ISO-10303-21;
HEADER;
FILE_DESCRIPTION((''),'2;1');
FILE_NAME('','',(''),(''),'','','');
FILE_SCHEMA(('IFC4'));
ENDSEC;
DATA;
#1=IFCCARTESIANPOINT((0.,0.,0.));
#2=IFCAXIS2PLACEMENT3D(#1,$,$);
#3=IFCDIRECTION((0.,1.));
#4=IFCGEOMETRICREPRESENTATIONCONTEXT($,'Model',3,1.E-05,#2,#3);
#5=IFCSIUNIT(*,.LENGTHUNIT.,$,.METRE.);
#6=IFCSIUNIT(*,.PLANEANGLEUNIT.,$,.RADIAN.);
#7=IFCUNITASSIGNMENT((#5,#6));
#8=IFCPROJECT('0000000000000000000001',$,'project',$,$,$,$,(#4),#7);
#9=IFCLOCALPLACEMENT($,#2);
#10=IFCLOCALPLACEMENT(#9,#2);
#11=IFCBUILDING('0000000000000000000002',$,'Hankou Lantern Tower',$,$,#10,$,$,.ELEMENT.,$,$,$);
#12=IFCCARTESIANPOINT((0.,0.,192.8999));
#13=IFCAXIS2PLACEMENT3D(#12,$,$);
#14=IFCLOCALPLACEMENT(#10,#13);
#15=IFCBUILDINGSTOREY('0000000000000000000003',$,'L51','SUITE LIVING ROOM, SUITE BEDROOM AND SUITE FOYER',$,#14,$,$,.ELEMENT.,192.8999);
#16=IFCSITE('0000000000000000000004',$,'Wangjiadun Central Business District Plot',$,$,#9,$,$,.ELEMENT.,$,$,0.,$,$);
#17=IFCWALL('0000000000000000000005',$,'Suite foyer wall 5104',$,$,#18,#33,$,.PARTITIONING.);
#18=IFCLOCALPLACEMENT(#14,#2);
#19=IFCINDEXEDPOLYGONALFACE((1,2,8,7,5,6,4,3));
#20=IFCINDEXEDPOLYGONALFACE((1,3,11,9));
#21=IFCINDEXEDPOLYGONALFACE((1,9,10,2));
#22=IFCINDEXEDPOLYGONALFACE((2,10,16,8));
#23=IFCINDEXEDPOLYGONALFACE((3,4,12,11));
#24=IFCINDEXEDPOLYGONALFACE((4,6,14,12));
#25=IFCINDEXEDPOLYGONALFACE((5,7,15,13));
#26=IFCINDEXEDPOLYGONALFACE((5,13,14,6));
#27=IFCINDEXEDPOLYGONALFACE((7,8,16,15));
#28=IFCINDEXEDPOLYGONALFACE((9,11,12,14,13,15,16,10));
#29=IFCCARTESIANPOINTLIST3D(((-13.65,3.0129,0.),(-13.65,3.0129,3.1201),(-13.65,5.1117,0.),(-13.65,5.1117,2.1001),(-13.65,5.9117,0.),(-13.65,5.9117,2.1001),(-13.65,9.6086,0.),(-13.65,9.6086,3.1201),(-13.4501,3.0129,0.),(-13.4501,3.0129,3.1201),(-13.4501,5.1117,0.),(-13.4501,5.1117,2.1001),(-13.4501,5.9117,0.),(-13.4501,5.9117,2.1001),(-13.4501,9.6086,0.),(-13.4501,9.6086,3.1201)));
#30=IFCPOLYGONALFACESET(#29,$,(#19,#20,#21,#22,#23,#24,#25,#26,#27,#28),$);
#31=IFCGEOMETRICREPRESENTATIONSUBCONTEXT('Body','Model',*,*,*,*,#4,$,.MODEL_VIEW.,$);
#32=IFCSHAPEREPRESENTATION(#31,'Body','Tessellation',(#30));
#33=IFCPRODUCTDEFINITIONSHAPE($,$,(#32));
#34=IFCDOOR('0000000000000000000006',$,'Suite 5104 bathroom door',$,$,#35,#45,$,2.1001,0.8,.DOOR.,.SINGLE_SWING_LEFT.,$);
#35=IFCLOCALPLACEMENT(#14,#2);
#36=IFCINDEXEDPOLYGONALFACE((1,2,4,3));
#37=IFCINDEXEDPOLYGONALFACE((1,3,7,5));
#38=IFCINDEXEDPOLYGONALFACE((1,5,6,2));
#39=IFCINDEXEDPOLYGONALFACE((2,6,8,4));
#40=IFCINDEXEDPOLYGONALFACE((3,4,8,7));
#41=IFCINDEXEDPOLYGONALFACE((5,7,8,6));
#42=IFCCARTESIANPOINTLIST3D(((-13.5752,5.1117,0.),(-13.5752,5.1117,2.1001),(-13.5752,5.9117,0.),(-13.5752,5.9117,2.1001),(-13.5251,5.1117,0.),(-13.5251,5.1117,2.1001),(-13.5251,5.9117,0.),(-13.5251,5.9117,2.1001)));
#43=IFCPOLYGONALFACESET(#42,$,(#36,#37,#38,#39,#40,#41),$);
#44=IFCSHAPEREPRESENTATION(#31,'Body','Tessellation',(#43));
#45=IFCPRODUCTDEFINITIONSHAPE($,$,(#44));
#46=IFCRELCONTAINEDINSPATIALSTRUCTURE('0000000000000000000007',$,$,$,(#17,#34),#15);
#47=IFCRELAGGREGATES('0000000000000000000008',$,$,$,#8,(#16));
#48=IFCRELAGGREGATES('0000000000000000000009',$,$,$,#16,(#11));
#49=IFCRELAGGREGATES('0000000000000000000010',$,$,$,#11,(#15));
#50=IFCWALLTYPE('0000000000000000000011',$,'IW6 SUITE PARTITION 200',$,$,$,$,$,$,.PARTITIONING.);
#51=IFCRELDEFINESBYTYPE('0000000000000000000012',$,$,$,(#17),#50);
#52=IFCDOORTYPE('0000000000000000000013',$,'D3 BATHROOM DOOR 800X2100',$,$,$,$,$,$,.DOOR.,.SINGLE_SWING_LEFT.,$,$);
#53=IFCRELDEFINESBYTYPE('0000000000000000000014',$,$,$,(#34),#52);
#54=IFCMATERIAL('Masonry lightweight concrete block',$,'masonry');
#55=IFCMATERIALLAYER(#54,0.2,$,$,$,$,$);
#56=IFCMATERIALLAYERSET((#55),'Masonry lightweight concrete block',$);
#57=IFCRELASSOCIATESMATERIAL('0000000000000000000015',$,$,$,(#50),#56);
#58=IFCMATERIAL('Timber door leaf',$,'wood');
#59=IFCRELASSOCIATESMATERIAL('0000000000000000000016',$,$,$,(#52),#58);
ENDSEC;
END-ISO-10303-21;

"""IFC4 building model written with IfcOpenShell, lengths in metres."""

from ifc_helpers import new_model, si_unit, direction, frame, frame_2d, origin, place, context, subcontext, project, spatial, rectangle, extrude, material, layer, layer_set, type_object, element, fill, save


model = new_model("IFC4")

# Units and contexts
model_context = context("Model", 3, precision=1e-05, world=origin(), true_north=direction((0.0, 1.0)))
body_context = subcontext(model_context, "Body", "Model", "MODEL_VIEW")
ifc_project = project(units=[si_unit("LENGTHUNIT", "METRE"), si_unit("PLANEANGLEUNIT", "RADIAN")], contexts=[model_context])

# Site, building, storey
site_placement = place(None, origin())
site = spatial("IfcSite", under=ifc_project, at=site_placement, Name="Wangjiadun Central Business District Plot", CompositionType="ELEMENT", RefElevation=0.0)
building_placement = place(site_placement, origin())
building = spatial("IfcBuilding", under=site, at=building_placement, Name="Hankou Lantern Tower", CompositionType="ELEMENT")
storey_placement = place(building_placement, frame((0.0, 0.0, 192.8999)))
storey = spatial("IfcBuildingStorey", under=building, at=storey_placement, Name="L51", Description="SUITE LIVING ROOM, SUITE BEDROOM AND SUITE FOYER", CompositionType="ELEMENT", Elevation=192.8999)

# Wall, opening, door
ifc_material_1 = material(Name="Masonry lightweight concrete block", Category="masonry")
ifc_layer_1 = layer(ifc_material_1, 0.2)
ifc_layer_set_1 = layer_set([ifc_layer_1], Name="Masonry lightweight concrete block")
wall_type_1 = type_object("IfcWallType", Name="IW6 SUITE PARTITION 200", PredefinedType="PARTITIONING", material=ifc_layer_set_1)
wall_1_placement = place(storey_placement, frame((-13.55, 9.6086, 0.0), z_axis=(0.0, 0.0, 1.0), x_axis=(0.0, -1.0, 0.0)))
wall_1 = element("IfcWall", 1, at=wall_1_placement, inside=storey, type_object=wall_type_1, Name="Suite foyer wall 5104", PredefinedType="PARTITIONING", context=body_context, shape_type="SweptSolid", body=[
    extrude(rectangle(XDim=6.5957, YDim=0.2, at=frame_2d((3.2979, 0.0))), origin(), (0.0, 0.0, 1.0), 3.1201),
])
opening_1_placement = place(wall_1_placement, frame((3.697, 0.0, 0.0)))
opening_1 = element("IfcOpeningElement", 2, at=opening_1_placement, cuts=wall_1, PredefinedType="OPENING", context=body_context, shape_type="SweptSolid", body=[
    extrude(rectangle(XDim=0.8, YDim=2.1001, at=frame_2d((0.3999, 1.05))), frame((0.0, 0.1099, 0.0), z_axis=(0.0, -1.0, 0.0), x_axis=(1.0, 0.0, 0.0)), (0.0, 0.0, 1.0), 0.22),
])
ifc_material_2 = material(Name="Timber door leaf", Category="wood")
door_type_1 = type_object("IfcDoorType", Name="D3 BATHROOM DOOR 800X2100", OperationType="SINGLE_SWING_LEFT", PredefinedType="DOOR", material=ifc_material_2)
door_1_placement = place(opening_1_placement, origin())
door_1 = element("IfcDoor", 3, at=door_1_placement, inside=storey, type_object=door_type_1, Name="Suite 5104 bathroom door", OperationType="SINGLE_SWING_LEFT", OverallHeight=2.1001, OverallWidth=0.8, PredefinedType="DOOR", context=body_context, shape_type="SweptSolid", body=[
    extrude(rectangle(XDim=0.8, YDim=2.1001, at=frame_2d((0.3999, 1.05))), frame((0.0, 0.0249, 0.0), z_axis=(0.0, -1.0, 0.0), x_axis=(1.0, 0.0, 0.0)), (0.0, 0.0, 1.0), 0.05),
])
fill(opening_1, door_1)

save(model, "model.ifc")
